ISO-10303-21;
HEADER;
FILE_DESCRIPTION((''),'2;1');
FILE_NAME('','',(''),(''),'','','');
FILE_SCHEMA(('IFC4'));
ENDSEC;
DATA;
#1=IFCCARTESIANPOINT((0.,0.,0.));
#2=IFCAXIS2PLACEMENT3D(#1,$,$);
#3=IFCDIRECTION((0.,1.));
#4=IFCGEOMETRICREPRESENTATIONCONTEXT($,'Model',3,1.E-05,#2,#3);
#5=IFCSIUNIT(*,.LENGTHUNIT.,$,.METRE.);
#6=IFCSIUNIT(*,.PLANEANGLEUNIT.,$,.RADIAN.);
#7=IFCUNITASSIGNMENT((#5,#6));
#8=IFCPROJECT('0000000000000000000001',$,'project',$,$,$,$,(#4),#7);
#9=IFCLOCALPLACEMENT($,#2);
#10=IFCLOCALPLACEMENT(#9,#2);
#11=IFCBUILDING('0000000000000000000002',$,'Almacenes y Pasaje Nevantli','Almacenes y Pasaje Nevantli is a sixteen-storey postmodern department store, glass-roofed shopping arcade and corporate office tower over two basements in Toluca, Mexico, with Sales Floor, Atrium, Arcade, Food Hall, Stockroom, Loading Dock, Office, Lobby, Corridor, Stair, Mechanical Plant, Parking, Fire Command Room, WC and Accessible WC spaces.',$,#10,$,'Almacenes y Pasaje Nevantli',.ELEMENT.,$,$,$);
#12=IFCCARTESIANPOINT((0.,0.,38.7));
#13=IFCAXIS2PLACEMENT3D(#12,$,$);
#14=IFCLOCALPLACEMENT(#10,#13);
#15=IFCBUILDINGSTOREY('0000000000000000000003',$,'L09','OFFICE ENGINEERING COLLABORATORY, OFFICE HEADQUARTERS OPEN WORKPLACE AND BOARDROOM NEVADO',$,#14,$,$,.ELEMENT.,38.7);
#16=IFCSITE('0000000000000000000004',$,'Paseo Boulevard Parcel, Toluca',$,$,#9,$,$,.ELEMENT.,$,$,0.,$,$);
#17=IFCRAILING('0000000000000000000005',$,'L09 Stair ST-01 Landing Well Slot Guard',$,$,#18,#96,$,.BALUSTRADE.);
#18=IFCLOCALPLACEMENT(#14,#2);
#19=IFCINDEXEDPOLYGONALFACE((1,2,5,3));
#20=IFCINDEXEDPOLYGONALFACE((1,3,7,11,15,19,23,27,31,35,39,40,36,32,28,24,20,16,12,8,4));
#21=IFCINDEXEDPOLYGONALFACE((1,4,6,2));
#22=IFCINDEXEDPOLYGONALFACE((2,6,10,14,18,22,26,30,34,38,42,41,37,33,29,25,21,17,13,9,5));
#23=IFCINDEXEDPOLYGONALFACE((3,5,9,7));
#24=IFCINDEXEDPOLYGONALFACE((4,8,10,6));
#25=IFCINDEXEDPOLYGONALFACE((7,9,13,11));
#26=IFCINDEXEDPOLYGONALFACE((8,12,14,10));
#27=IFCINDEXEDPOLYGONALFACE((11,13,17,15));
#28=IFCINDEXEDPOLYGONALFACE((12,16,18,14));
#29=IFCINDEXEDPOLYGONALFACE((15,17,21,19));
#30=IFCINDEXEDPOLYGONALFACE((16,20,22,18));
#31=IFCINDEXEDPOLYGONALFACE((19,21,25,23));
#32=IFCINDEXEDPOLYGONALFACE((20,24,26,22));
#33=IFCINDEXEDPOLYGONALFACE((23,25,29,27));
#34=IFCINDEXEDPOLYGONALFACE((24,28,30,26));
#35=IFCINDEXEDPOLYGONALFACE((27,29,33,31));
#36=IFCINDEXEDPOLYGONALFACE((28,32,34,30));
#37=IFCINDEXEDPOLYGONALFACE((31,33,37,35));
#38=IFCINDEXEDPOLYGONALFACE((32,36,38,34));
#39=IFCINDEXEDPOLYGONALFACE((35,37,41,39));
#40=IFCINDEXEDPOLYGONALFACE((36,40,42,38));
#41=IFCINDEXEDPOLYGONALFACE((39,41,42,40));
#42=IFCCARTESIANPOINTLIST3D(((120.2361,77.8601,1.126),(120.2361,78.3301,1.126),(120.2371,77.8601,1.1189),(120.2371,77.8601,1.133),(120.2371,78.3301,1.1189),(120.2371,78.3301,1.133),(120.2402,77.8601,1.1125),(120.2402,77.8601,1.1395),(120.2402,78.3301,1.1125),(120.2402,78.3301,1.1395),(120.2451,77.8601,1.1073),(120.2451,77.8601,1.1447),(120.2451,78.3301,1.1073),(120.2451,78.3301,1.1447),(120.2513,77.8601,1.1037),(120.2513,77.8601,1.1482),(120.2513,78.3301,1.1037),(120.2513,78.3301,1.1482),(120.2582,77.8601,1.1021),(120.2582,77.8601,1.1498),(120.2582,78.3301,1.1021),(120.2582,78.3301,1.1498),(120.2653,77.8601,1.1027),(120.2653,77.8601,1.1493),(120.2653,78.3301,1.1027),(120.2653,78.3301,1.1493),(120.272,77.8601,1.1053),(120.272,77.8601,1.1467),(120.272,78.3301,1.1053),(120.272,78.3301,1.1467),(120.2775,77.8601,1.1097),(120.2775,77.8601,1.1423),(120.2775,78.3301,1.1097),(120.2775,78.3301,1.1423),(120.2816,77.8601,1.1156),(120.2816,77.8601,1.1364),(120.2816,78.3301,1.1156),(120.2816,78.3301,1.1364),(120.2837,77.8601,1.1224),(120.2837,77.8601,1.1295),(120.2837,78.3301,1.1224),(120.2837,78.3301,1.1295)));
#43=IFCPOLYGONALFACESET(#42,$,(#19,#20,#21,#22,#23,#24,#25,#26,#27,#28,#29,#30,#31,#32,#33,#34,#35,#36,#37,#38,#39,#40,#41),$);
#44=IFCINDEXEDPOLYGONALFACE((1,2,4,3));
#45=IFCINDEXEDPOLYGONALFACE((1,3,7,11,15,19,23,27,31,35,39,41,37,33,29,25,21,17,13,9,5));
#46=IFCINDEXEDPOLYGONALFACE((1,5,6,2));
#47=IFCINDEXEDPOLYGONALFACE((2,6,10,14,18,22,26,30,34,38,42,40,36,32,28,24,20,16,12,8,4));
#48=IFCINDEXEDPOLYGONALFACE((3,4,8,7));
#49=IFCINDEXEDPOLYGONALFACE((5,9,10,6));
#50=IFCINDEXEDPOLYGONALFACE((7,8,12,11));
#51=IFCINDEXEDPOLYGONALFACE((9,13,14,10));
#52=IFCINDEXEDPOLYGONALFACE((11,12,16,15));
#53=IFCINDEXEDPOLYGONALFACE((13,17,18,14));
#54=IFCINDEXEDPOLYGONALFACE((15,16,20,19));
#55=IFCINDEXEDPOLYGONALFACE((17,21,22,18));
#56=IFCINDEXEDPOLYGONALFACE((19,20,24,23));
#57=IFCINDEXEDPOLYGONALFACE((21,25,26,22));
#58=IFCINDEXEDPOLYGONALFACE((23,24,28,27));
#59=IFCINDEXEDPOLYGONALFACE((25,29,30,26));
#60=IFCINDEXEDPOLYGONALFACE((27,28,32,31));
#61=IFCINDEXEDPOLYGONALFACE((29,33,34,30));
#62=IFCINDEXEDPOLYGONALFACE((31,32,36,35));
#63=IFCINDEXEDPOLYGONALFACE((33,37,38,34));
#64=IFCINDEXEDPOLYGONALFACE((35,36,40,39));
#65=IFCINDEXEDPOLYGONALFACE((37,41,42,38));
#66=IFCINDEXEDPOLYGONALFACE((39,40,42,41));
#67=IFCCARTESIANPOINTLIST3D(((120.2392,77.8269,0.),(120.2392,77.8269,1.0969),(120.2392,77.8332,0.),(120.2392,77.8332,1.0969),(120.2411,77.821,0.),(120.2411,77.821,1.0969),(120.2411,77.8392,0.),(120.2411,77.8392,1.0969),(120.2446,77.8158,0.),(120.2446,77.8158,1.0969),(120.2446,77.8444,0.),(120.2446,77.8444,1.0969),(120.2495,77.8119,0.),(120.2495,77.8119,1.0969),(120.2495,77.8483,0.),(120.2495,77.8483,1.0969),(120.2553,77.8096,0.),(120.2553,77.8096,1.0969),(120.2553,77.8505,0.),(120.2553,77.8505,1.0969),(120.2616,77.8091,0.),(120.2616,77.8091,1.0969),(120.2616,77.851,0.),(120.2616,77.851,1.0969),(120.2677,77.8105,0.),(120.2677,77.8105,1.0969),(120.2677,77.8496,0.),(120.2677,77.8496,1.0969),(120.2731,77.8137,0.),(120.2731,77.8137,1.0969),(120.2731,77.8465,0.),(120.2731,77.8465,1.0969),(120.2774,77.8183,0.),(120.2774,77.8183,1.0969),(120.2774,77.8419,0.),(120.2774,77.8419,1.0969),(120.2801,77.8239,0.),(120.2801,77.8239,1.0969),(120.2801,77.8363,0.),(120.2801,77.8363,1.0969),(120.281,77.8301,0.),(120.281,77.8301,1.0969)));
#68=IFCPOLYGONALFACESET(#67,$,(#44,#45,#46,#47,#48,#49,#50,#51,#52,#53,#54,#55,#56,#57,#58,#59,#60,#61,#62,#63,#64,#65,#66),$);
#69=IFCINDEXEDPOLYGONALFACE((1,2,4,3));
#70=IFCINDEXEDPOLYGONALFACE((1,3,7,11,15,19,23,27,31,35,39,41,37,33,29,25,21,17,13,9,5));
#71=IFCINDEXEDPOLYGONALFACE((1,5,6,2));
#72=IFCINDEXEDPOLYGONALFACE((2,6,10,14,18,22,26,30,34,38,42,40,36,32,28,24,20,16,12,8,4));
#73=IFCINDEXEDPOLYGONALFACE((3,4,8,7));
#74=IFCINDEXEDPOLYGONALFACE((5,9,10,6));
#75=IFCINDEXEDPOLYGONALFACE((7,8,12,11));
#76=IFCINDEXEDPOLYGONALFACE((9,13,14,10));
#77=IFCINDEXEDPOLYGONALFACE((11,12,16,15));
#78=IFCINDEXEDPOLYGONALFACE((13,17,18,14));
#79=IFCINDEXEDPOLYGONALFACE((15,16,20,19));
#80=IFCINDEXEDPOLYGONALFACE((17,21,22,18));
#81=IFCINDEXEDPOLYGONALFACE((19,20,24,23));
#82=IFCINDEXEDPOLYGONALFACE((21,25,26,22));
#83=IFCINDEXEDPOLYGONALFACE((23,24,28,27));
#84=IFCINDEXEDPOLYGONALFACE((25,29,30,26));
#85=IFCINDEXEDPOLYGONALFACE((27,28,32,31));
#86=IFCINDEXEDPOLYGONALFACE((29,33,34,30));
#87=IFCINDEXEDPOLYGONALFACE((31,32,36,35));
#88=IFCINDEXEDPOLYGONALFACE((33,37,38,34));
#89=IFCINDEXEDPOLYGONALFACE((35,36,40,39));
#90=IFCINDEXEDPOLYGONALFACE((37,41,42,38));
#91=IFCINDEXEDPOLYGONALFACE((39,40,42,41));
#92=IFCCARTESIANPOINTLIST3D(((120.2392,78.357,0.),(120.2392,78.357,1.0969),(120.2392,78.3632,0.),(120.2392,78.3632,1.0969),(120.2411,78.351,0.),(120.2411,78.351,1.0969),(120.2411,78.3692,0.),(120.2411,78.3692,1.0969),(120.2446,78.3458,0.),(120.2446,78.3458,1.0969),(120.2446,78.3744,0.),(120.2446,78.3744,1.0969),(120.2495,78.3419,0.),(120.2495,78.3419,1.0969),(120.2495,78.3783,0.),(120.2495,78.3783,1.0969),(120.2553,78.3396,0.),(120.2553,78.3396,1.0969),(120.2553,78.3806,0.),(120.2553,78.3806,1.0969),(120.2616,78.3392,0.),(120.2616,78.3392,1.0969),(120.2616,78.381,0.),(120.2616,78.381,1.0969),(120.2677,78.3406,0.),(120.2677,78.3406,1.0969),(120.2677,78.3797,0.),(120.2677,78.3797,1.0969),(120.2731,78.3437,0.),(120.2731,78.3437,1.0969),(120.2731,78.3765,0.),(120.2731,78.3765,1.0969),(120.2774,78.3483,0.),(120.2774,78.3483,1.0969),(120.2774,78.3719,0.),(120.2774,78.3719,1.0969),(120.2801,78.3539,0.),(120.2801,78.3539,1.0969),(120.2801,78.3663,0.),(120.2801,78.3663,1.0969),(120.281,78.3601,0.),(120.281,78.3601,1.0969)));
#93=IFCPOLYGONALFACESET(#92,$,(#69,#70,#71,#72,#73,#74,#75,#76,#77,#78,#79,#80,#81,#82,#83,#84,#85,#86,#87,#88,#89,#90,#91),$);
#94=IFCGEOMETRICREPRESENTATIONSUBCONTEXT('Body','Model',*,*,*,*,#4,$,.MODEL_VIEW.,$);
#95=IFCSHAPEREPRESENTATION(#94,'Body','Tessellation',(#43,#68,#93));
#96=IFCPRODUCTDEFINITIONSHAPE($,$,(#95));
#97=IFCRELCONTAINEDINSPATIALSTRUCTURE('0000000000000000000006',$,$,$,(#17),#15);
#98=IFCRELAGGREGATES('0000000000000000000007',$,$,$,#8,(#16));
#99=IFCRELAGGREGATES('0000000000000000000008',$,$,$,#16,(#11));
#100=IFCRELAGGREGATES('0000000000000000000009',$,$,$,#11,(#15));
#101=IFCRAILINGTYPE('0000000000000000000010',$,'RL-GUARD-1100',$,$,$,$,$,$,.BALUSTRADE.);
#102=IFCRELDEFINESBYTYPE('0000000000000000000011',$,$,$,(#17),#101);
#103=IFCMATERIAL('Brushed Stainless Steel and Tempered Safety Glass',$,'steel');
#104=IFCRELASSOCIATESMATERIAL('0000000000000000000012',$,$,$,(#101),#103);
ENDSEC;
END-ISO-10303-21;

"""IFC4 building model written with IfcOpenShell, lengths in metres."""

from ifc_helpers import new_model, si_unit, direction, frame, origin, origin_2d, place, context, subcontext, project, spatial, circle, extrude, material, type_object, element, save


model = new_model("IFC4")

# Units and contexts
model_context = context("Model", 3, precision=1e-05, world=origin(), true_north=direction((0.0, 1.0)))
body_context = subcontext(model_context, "Body", "Model", "MODEL_VIEW")
ifc_project = project(units=[si_unit("LENGTHUNIT", "METRE"), si_unit("PLANEANGLEUNIT", "RADIAN")], contexts=[model_context])

# Site, building, storey
site_placement = place(None, origin())
site = spatial("IfcSite", under=ifc_project, at=site_placement, Name="Paseo Boulevard Parcel, Toluca", CompositionType="ELEMENT", RefElevation=0.0)
building_placement = place(site_placement, origin())
building = spatial("IfcBuilding", under=site, at=building_placement, Name="Almacenes y Pasaje Nevantli", Description="Almacenes y Pasaje Nevantli is a sixteen-storey postmodern department store, glass-roofed shopping arcade and corporate office tower over two basements in Toluca, Mexico, with Sales Floor, Atrium, Arcade, Food Hall, Stockroom, Loading Dock, Office, Lobby, Corridor, Stair, Mechanical Plant, Parking, Fire Command Room, WC and Accessible WC spaces.", LongName="Almacenes y Pasaje Nevantli", CompositionType="ELEMENT")
storey_placement = place(building_placement, frame((0.0, 0.0, 38.7)))
storey = spatial("IfcBuildingStorey", under=building, at=storey_placement, Name="L09", Description="OFFICE ENGINEERING COLLABORATORY, OFFICE HEADQUARTERS OPEN WORKPLACE AND BOARDROOM NEVADO", CompositionType="ELEMENT", Elevation=38.7)

# Railing
ifc_material_1 = material(Name="Brushed Stainless Steel and Tempered Safety Glass", Category="steel")
railing_type_1 = type_object("IfcRailingType", Name="RL-GUARD-1100", PredefinedType="BALUSTRADE", material=ifc_material_1)
railing_1_placement = place(storey_placement, frame((120.26, 77.8301, 0.0)))
element("IfcRailing", 1, at=railing_1_placement, inside=storey, type_object=railing_type_1, Name="L09 Stair ST-01 Landing Well Slot Guard", PredefinedType="BALUSTRADE", context=body_context, shape_type="SweptSolid", body=[
    extrude(circle(Radius=0.0239, at=origin_2d()), frame((0.0, 0.03, 1.126), z_axis=(0.0, 1.0, 0.0), x_axis=(-1.0, 0.0, 0.0)), (0.0, 0.0, 1.0), 0.47),
    extrude(circle(Radius=0.021, at=origin_2d()), origin(), (0.0, 0.0, 1.0), 1.0969),
    extrude(circle(Radius=0.021, at=origin_2d()), frame((0.0, 0.53, 0.0)), (0.0, 0.0, 1.0), 1.0969),
])

save(model, "model.ifc")
